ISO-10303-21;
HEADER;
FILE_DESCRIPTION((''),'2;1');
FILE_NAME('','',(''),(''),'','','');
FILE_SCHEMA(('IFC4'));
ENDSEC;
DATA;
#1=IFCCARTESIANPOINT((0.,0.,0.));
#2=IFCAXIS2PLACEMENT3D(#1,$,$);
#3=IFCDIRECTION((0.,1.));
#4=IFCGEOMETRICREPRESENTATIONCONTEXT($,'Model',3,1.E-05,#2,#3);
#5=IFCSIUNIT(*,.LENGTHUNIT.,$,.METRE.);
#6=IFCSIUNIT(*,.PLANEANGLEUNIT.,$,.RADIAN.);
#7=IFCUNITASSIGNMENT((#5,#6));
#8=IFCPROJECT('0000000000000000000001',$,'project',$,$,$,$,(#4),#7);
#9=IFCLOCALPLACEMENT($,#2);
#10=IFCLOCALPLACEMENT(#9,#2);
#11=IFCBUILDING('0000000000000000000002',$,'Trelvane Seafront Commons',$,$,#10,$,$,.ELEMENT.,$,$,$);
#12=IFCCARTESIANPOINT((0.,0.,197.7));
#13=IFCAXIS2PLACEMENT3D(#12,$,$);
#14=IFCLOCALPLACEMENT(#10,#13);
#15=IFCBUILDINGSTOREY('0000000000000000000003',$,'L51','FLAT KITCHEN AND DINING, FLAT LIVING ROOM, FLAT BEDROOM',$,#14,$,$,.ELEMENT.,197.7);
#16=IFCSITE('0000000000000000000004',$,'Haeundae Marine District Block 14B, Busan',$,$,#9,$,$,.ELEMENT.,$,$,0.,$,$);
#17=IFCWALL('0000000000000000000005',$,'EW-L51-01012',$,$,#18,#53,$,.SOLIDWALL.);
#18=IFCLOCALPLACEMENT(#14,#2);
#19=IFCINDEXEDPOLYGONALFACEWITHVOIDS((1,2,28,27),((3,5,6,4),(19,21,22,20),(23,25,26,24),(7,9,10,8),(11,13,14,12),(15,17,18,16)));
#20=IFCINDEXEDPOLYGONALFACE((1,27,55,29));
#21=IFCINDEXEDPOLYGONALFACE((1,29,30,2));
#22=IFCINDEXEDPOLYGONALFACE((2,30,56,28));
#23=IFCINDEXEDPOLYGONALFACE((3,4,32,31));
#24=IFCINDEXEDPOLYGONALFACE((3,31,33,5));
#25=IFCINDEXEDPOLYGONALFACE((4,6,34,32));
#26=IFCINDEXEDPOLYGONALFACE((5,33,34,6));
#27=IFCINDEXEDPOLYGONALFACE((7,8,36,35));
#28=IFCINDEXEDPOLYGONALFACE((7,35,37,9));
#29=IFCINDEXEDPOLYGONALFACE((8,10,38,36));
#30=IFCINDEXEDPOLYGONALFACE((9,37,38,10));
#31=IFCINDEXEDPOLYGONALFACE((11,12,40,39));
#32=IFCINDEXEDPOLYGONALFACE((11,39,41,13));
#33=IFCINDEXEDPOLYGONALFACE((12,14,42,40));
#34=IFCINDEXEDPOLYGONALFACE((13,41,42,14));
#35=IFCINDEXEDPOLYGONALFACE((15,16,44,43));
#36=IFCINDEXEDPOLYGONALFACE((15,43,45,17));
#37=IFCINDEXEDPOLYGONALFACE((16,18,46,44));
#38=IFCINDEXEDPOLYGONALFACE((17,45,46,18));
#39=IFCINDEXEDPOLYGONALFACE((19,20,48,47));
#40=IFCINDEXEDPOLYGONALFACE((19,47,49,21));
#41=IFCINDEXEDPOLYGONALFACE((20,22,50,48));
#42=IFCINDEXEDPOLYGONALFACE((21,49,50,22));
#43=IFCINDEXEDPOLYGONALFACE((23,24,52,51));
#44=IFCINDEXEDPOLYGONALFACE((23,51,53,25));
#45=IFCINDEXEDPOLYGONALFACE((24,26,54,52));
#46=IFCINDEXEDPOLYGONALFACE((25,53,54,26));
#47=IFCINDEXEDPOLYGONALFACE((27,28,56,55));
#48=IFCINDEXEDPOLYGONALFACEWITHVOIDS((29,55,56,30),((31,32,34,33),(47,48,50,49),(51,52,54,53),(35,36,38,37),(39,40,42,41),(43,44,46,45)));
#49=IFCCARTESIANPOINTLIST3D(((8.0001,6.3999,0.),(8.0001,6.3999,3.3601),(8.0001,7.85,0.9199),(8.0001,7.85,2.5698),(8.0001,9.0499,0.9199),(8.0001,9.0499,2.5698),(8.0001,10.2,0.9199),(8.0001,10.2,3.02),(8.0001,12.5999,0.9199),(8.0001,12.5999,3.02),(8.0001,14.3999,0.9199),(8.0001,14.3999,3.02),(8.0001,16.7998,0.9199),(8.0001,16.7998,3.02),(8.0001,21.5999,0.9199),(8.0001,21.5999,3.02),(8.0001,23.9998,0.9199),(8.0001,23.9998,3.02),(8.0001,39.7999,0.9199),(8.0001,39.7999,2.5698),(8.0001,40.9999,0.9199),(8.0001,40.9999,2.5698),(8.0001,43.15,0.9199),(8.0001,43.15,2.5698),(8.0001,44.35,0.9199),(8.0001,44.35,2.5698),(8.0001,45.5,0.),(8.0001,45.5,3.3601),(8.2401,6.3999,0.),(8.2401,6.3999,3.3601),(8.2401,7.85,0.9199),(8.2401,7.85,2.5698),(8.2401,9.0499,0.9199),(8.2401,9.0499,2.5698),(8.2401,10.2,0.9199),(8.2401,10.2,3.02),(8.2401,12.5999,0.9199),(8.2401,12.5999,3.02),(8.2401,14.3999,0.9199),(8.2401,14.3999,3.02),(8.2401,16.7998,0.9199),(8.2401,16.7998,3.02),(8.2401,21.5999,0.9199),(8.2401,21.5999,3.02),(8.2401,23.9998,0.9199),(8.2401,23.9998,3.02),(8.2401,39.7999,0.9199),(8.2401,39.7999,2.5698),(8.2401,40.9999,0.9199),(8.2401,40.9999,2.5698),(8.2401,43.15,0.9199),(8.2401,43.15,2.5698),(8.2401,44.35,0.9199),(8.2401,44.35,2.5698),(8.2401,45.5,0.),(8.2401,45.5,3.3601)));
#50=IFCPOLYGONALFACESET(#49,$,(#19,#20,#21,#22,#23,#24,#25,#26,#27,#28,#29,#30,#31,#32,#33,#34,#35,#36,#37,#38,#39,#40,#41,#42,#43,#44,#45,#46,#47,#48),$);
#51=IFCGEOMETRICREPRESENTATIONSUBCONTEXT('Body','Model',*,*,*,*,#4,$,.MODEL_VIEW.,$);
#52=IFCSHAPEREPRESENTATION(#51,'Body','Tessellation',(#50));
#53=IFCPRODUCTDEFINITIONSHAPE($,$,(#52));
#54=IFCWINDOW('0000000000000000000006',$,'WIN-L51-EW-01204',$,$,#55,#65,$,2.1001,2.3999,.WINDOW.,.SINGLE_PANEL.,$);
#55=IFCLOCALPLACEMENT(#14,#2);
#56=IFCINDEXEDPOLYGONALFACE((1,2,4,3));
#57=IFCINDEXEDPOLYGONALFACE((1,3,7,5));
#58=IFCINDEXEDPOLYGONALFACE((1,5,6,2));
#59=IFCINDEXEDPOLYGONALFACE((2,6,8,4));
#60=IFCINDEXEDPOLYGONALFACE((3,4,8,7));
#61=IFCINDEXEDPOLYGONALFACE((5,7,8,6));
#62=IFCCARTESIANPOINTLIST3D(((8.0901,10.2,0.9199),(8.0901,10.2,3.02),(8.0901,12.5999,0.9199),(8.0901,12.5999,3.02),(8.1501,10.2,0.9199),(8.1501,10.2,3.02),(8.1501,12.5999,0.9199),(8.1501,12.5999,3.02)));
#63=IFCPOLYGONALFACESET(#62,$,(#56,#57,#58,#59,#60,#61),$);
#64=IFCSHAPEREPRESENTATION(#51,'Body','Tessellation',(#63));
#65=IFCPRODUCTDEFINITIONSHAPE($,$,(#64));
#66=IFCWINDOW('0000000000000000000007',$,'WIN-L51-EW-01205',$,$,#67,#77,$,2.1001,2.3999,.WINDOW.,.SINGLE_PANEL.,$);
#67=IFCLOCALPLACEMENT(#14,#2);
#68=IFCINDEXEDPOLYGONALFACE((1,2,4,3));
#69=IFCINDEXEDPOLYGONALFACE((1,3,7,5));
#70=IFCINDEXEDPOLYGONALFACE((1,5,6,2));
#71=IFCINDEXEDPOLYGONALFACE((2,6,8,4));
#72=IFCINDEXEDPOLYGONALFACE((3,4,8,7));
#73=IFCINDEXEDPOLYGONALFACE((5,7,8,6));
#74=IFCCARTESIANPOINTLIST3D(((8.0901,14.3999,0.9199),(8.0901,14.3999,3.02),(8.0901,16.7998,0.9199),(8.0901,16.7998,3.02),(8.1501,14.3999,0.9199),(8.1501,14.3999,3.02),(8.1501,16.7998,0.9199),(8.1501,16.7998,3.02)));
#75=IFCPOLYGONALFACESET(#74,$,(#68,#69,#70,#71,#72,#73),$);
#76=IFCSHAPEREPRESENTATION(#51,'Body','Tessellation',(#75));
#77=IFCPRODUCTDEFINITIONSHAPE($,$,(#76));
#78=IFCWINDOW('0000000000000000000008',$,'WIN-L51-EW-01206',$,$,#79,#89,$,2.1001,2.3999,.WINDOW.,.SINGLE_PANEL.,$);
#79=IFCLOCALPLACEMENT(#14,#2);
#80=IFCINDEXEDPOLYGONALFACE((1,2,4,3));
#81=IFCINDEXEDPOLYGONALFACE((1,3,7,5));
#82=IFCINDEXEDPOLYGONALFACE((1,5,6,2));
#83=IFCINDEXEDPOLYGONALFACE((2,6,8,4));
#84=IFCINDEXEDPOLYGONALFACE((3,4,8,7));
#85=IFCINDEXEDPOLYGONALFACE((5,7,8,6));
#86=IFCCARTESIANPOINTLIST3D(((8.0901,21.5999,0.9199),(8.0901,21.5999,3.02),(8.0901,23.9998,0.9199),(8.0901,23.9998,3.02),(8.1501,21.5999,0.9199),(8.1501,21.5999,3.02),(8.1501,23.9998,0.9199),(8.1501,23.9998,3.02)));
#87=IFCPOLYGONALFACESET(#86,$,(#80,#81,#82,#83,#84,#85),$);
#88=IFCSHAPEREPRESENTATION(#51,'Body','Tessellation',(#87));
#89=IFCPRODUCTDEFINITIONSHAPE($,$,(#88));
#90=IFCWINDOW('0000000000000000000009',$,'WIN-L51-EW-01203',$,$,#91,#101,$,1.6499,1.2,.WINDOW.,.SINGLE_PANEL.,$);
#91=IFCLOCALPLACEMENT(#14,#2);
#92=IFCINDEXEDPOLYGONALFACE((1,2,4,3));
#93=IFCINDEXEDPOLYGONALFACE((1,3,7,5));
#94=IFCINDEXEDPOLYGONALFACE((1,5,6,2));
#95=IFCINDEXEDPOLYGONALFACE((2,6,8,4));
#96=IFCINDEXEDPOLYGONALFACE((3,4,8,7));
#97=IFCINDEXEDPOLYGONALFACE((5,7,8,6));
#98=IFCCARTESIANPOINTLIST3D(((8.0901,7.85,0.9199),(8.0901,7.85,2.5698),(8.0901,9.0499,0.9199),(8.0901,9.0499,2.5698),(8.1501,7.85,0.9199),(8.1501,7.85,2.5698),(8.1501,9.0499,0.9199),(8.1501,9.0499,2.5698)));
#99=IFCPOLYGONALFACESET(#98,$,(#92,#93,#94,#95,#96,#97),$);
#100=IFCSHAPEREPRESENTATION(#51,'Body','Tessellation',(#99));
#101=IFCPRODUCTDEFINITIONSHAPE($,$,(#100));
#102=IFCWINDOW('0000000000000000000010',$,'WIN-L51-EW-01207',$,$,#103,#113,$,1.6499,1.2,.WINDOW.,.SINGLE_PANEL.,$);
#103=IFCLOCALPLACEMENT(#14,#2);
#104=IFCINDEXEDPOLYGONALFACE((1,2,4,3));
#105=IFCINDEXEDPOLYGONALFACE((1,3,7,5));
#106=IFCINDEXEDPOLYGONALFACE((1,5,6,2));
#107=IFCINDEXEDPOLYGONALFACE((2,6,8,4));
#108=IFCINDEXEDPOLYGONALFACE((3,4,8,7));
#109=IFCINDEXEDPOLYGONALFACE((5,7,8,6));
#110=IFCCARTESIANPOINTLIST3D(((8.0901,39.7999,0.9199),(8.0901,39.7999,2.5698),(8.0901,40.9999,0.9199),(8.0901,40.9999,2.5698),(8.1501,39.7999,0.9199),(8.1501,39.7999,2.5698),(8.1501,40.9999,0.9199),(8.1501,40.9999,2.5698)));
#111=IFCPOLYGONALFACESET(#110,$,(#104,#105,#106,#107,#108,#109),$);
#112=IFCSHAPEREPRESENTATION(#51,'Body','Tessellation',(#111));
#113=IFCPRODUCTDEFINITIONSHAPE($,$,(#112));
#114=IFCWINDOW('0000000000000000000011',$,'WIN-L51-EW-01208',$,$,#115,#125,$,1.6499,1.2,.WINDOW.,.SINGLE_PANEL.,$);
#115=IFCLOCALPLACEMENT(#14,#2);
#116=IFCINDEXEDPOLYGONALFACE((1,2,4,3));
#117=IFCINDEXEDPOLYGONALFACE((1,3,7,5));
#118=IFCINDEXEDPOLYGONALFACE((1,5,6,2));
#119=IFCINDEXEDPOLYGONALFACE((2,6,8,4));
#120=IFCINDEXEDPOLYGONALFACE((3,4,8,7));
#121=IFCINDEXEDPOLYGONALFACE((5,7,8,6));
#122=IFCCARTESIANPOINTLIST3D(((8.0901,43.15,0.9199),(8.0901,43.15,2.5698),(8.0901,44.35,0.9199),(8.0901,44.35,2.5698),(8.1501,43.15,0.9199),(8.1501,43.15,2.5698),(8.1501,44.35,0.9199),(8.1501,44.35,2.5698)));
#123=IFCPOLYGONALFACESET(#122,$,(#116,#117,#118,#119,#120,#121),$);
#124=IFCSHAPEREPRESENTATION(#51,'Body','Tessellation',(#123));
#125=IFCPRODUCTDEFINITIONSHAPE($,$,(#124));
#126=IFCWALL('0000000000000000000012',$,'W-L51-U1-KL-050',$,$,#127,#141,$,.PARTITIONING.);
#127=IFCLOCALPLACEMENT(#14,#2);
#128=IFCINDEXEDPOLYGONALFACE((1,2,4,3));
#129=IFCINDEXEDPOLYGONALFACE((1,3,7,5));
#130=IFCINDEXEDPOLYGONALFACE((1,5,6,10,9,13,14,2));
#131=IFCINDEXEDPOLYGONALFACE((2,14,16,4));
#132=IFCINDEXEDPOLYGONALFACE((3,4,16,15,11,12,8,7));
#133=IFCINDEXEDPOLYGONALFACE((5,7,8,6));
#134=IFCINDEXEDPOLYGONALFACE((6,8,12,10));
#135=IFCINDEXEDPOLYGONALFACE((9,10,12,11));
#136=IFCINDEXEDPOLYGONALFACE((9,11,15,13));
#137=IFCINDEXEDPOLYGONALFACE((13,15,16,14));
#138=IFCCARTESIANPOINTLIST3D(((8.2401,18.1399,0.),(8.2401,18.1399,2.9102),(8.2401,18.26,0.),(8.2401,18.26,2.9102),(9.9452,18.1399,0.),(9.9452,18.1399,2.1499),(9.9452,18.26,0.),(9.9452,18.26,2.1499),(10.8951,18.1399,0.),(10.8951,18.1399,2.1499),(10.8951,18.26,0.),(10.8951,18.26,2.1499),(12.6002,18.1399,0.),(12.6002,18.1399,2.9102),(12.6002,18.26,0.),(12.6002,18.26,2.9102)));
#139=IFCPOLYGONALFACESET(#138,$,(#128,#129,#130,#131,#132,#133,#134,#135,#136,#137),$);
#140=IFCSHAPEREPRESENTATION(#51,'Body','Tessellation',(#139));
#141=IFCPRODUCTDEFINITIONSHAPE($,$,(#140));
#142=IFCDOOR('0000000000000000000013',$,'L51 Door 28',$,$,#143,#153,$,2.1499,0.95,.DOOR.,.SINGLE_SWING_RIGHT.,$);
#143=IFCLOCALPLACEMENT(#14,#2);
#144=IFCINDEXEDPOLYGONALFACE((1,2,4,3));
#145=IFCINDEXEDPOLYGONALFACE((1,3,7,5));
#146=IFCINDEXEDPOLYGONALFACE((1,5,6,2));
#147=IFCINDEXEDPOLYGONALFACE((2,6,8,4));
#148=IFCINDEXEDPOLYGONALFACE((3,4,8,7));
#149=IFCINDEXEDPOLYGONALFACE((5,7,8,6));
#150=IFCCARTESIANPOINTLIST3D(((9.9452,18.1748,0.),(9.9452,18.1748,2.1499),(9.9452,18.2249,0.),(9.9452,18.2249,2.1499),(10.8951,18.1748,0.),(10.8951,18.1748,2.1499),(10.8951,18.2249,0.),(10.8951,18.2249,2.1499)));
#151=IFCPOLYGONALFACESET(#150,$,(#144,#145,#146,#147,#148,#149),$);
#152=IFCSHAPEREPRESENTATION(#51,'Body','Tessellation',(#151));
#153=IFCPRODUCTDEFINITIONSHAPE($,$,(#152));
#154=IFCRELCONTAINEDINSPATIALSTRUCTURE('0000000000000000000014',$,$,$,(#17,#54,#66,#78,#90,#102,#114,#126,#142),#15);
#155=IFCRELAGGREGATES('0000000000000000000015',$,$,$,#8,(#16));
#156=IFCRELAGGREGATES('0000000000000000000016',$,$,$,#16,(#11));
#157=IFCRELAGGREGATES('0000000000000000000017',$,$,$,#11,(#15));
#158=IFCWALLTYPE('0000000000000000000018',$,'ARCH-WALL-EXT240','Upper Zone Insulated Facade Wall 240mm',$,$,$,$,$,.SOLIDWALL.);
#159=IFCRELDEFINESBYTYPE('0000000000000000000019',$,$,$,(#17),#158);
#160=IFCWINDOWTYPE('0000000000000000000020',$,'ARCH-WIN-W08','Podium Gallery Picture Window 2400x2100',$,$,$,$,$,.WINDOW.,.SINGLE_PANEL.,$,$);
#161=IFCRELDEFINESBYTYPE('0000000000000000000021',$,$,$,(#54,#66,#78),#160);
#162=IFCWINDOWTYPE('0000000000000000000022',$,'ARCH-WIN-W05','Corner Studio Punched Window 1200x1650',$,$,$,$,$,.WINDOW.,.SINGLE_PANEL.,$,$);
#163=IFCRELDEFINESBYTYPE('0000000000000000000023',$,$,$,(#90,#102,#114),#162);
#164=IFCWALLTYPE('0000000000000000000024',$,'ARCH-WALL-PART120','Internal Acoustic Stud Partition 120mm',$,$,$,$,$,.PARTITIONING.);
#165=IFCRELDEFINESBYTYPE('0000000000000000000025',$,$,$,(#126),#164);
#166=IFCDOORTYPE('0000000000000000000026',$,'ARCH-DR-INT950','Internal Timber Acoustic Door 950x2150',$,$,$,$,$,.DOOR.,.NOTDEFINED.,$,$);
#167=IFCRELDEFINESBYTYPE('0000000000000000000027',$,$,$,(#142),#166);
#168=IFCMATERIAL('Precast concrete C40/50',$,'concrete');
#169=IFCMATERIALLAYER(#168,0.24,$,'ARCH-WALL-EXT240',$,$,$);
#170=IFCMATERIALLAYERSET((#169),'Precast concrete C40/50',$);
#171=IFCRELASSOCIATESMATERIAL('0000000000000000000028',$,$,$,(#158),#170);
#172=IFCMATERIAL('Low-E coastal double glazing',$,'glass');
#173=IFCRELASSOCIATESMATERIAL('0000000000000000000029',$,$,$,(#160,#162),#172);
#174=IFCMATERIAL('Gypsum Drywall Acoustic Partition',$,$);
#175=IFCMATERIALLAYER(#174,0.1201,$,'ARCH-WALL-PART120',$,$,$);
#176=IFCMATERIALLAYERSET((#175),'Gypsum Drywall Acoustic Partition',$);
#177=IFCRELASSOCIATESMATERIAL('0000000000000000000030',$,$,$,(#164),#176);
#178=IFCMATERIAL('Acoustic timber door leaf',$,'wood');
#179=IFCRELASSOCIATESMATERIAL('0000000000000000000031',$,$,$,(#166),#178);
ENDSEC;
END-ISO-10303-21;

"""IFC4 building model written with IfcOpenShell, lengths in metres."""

from ifc_helpers import new_model, si_unit, direction, frame, frame_2d, origin, place, context, subcontext, project, spatial, rectangle, extrude, source, transform, mapped, material, layer, layer_set, type_object, element, fill, save


model = new_model("IFC4")

# Units and contexts
model_context = context("Model", 3, precision=1e-05, world=origin(), true_north=direction((0.0, 1.0)))
body_context = subcontext(model_context, "Body", "Model", "MODEL_VIEW")
ifc_project = project(units=[si_unit("LENGTHUNIT", "METRE"), si_unit("PLANEANGLEUNIT", "RADIAN")], contexts=[model_context])

# Site, building, storey
site_placement = place(None, origin())
site = spatial("IfcSite", under=ifc_project, at=site_placement, Name="Haeundae Marine District Block 14B, Busan", CompositionType="ELEMENT", RefElevation=0.0)
building_placement = place(site_placement, origin())
building = spatial("IfcBuilding", under=site, at=building_placement, Name="Trelvane Seafront Commons", CompositionType="ELEMENT")
storey_placement = place(building_placement, frame((0.0, 0.0, 197.7)))
storey = spatial("IfcBuildingStorey", under=building, at=storey_placement, Name="L51", Description="FLAT KITCHEN AND DINING, FLAT LIVING ROOM, FLAT BEDROOM", CompositionType="ELEMENT", Elevation=197.7)

# Shared definitions
ifc_material_1 = material(Name="Precast concrete C40/50", Category="concrete")
ifc_layer_1 = layer(ifc_material_1, 0.24, Name="ARCH-WALL-EXT240")
ifc_layer_set_1 = layer_set([ifc_layer_1], Name="Precast concrete C40/50")
wall_type_1 = type_object("IfcWallType", Name="ARCH-WALL-EXT240", Description="Upper Zone Insulated Facade Wall 240mm", PredefinedType="SOLIDWALL", material=ifc_layer_set_1)

# Wall, openings, windows
wall_1_placement = place(storey_placement, frame((8.1201, 6.3999, 0.0), z_axis=(0.0, 0.0, 1.0), x_axis=(0.0, 1.0, 0.0)))
wall_1 = element("IfcWall", 1, at=wall_1_placement, inside=storey, type_object=wall_type_1, Name="EW-L51-01012", PredefinedType="SOLIDWALL", context=body_context, shape_type="SweptSolid", body=[
    extrude(rectangle(XDim=39.1001, YDim=0.24, at=frame_2d((19.55, 0.0))), origin(), (0.0, 0.0, 1.0), 3.3601),
])
opening_1_placement = place(wall_1_placement, frame((1.45, 0.0, 0.9199)))
opening_1 = element("IfcOpeningElement", 2, at=opening_1_placement, cuts=wall_1, PredefinedType="OPENING", context=body_context, shape_type="SweptSolid", body=[
    extrude(rectangle(XDim=1.2, YDim=1.6499, at=frame_2d((0.6001, 0.825))), frame((0.0, 0.1299, 0.0), z_axis=(0.0, -1.0, 0.0), x_axis=(1.0, 0.0, 0.0)), (0.0, 0.0, 1.0), 0.26),
])
opening_2_placement = place(wall_1_placement, frame((3.8, 0.0, 0.9199)))
opening_2 = element("IfcOpeningElement", 3, at=opening_2_placement, cuts=wall_1, PredefinedType="OPENING", context=body_context, shape_type="SweptSolid", body=[
    extrude(rectangle(XDim=2.3999, YDim=2.1001, at=frame_2d((1.2, 1.05))), frame((0.0, 0.1299, 0.0), z_axis=(0.0, -1.0, 0.0), x_axis=(1.0, 0.0, 0.0)), (0.0, 0.0, 1.0), 0.26),
])
opening_3_placement = place(wall_1_placement, frame((8.0, 0.0, 0.9199)))
opening_3 = element("IfcOpeningElement", 4, at=opening_3_placement, cuts=wall_1, PredefinedType="OPENING", context=body_context, shape_type="SweptSolid", body=[
    extrude(rectangle(XDim=2.3999, YDim=2.1001, at=frame_2d((1.2, 1.05))), frame((0.0, 0.1299, 0.0), z_axis=(0.0, -1.0, 0.0), x_axis=(1.0, 0.0, 0.0)), (0.0, 0.0, 1.0), 0.26),
])
opening_4_placement = place(wall_1_placement, frame((15.2, 0.0, 0.9199)))
opening_4 = element("IfcOpeningElement", 5, at=opening_4_placement, cuts=wall_1, PredefinedType="OPENING", context=body_context, shape_type="SweptSolid", body=[
    extrude(rectangle(XDim=2.3999, YDim=2.1001, at=frame_2d((1.2, 1.05))), frame((0.0, 0.1299, 0.0), z_axis=(0.0, -1.0, 0.0), x_axis=(1.0, 0.0, 0.0)), (0.0, 0.0, 1.0), 0.26),
])
opening_5_placement = place(wall_1_placement, frame((33.3999, 0.0, 0.9199)))
opening_5 = element("IfcOpeningElement", 6, at=opening_5_placement, cuts=wall_1, PredefinedType="OPENING", context=body_context, shape_type="SweptSolid", body=[
    extrude(rectangle(XDim=1.2, YDim=1.6499, at=frame_2d((0.6001, 0.825))), frame((0.0, 0.1299, 0.0), z_axis=(0.0, -1.0, 0.0), x_axis=(1.0, 0.0, 0.0)), (0.0, 0.0, 1.0), 0.26),
])
opening_6_placement = place(wall_1_placement, frame((36.75, 0.0, 0.9199)))
opening_6 = element("IfcOpeningElement", 7, at=opening_6_placement, cuts=wall_1, PredefinedType="OPENING", context=body_context, shape_type="SweptSolid", body=[
    extrude(rectangle(XDim=1.2, YDim=1.6499, at=frame_2d((0.6001, 0.825))), frame((0.0, 0.1299, 0.0), z_axis=(0.0, -1.0, 0.0), x_axis=(1.0, 0.0, 0.0)), (0.0, 0.0, 1.0), 0.26),
])
ifc_material_2 = material(Name="Low-E coastal double glazing", Category="glass")
window_type_1 = type_object("IfcWindowType", Name="ARCH-WIN-W08", Description="Podium Gallery Picture Window 2400x2100", PartitioningType="SINGLE_PANEL", PredefinedType="WINDOW", material=ifc_material_2)
shared_shape_1 = source(origin(), body_context, "Body", "SweptSolid", [
    extrude(rectangle(XDim=2.3999, YDim=2.1001, at=frame_2d((1.2, 1.05))), frame((0.0, 0.03, 0.0), z_axis=(0.0, -1.0, 0.0), x_axis=(1.0, 0.0, 0.0)), (0.0, 0.0, 1.0), 0.0601),
])
window_1_placement = place(opening_2_placement, origin())
window_1 = element("IfcWindow", 8, at=window_1_placement, inside=storey, type_object=window_type_1, Name="WIN-L51-EW-01204", OverallHeight=2.1001, OverallWidth=2.3999, PartitioningType="SINGLE_PANEL", PredefinedType="WINDOW", context=body_context, shape_type="MappedRepresentation", body=[
    mapped(shared_shape_1, transform((0.0, 0.0, 0.0), x_axis=(1.0, 0.0, 0.0), y_axis=(0.0, 1.0, 0.0), z_axis=(0.0, 0.0, 1.0), scale=1.0)),
])
fill(opening_2, window_1)
window_2_placement = place(opening_3_placement, origin())
window_2 = element("IfcWindow", 9, at=window_2_placement, inside=storey, type_object=window_type_1, Name="WIN-L51-EW-01205", OverallHeight=2.1001, OverallWidth=2.3999, PartitioningType="SINGLE_PANEL", PredefinedType="WINDOW", context=body_context, shape_type="MappedRepresentation", body=[
    mapped(shared_shape_1, transform((0.0, 0.0, 0.0), x_axis=(1.0, 0.0, 0.0), y_axis=(0.0, 1.0, 0.0), z_axis=(0.0, 0.0, 1.0), scale=1.0)),
])
fill(opening_3, window_2)
window_3_placement = place(opening_4_placement, origin())
window_3 = element("IfcWindow", 10, at=window_3_placement, inside=storey, type_object=window_type_1, Name="WIN-L51-EW-01206", OverallHeight=2.1001, OverallWidth=2.3999, PartitioningType="SINGLE_PANEL", PredefinedType="WINDOW", context=body_context, shape_type="MappedRepresentation", body=[
    mapped(shared_shape_1, transform((0.0, 0.0, 0.0), x_axis=(1.0, 0.0, 0.0), y_axis=(0.0, 1.0, 0.0), z_axis=(0.0, 0.0, 1.0), scale=1.0)),
])
fill(opening_4, window_3)
window_type_2 = type_object("IfcWindowType", Name="ARCH-WIN-W05", Description="Corner Studio Punched Window 1200x1650", PartitioningType="SINGLE_PANEL", PredefinedType="WINDOW", material=ifc_material_2)
shared_shape_2 = source(origin(), body_context, "Body", "SweptSolid", [
    extrude(rectangle(XDim=1.2, YDim=1.6499, at=frame_2d((0.6001, 0.825))), frame((0.0, 0.03, 0.0), z_axis=(0.0, -1.0, 0.0), x_axis=(1.0, 0.0, 0.0)), (0.0, 0.0, 1.0), 0.0601),
])
window_4_placement = place(opening_1_placement, origin())
window_4 = element("IfcWindow", 11, at=window_4_placement, inside=storey, type_object=window_type_2, Name="WIN-L51-EW-01203", OverallHeight=1.6499, OverallWidth=1.2, PartitioningType="SINGLE_PANEL", PredefinedType="WINDOW", context=body_context, shape_type="MappedRepresentation", body=[
    mapped(shared_shape_2, transform((0.0, 0.0, 0.0), x_axis=(1.0, 0.0, 0.0), y_axis=(0.0, 1.0, 0.0), z_axis=(0.0, 0.0, 1.0), scale=1.0)),
])
fill(opening_1, window_4)
window_5_placement = place(opening_5_placement, origin())
window_5 = element("IfcWindow", 12, at=window_5_placement, inside=storey, type_object=window_type_2, Name="WIN-L51-EW-01207", OverallHeight=1.6499, OverallWidth=1.2, PartitioningType="SINGLE_PANEL", PredefinedType="WINDOW", context=body_context, shape_type="MappedRepresentation", body=[
    mapped(shared_shape_2, transform((0.0, 0.0, 0.0), x_axis=(1.0, 0.0, 0.0), y_axis=(0.0, 1.0, 0.0), z_axis=(0.0, 0.0, 1.0), scale=1.0)),
])
fill(opening_5, window_5)
window_6_placement = place(opening_6_placement, origin())
window_6 = element("IfcWindow", 13, at=window_6_placement, inside=storey, type_object=window_type_2, Name="WIN-L51-EW-01208", OverallHeight=1.6499, OverallWidth=1.2, PartitioningType="SINGLE_PANEL", PredefinedType="WINDOW", context=body_context, shape_type="MappedRepresentation", body=[
    mapped(shared_shape_2, transform((0.0, 0.0, 0.0), x_axis=(1.0, 0.0, 0.0), y_axis=(0.0, 1.0, 0.0), z_axis=(0.0, 0.0, 1.0), scale=1.0)),
])
fill(opening_6, window_6)

# Wall, opening, door
ifc_material_3 = material(Name="Gypsum Drywall Acoustic Partition")
ifc_layer_2 = layer(ifc_material_3, 0.1201, Name="ARCH-WALL-PART120")
ifc_layer_set_2 = layer_set([ifc_layer_2], Name="Gypsum Drywall Acoustic Partition")
wall_type_2 = type_object("IfcWallType", Name="ARCH-WALL-PART120", Description="Internal Acoustic Stud Partition 120mm", PredefinedType="PARTITIONING", material=ifc_layer_set_2)
wall_2_placement = place(storey_placement, frame((8.24, 18.2, 0.0), z_axis=(0.0, 0.0, 1.0), x_axis=(1.0, 0.0, 0.0)))
wall_2 = element("IfcWall", 14, at=wall_2_placement, inside=storey, type_object=wall_type_2, Name="W-L51-U1-KL-050", PredefinedType="PARTITIONING", context=body_context, shape_type="SweptSolid", body=[
    extrude(rectangle(XDim=4.3601, YDim=0.1201, at=frame_2d((2.1802, 0.0))), origin(), (0.0, 0.0, 1.0), 2.9102),
])
opening_7_placement = place(wall_2_placement, frame((1.7051, 0.0, 0.0)))
opening_7 = element("IfcOpeningElement", 15, at=opening_7_placement, cuts=wall_2, PredefinedType="OPENING", context=body_context, shape_type="SweptSolid", body=[
    extrude(rectangle(XDim=0.95, YDim=2.1499, at=frame_2d((0.4751, 1.075))), frame((0.0, 0.0701, 0.0), z_axis=(0.0, -1.0, 0.0), x_axis=(1.0, 0.0, 0.0)), (0.0, 0.0, 1.0), 0.1401),
])
ifc_material_4 = material(Name="Acoustic timber door leaf", Category="wood")
door_type_1 = type_object("IfcDoorType", Name="ARCH-DR-INT950", Description="Internal Timber Acoustic Door 950x2150", OperationType="NOTDEFINED", PredefinedType="DOOR", material=ifc_material_4)
shared_shape_3 = source(origin(), body_context, "Body", "SweptSolid", [
    extrude(rectangle(XDim=0.95, YDim=2.1499, at=frame_2d((0.4751, 1.075))), frame((0.0, 0.0249, 0.0), z_axis=(0.0, -1.0, 0.0), x_axis=(1.0, 0.0, 0.0)), (0.0, 0.0, 1.0), 0.05),
])
door_1_placement = place(opening_7_placement, origin())
door_1 = element("IfcDoor", 16, at=door_1_placement, inside=storey, type_object=door_type_1, Name="L51 Door 28", OperationType="SINGLE_SWING_RIGHT", OverallHeight=2.1499, OverallWidth=0.95, PredefinedType="DOOR", context=body_context, shape_type="MappedRepresentation", body=[
    mapped(shared_shape_3, transform((0.0, 0.0, 0.0), x_axis=(1.0, 0.0, 0.0), y_axis=(0.0, 1.0, 0.0), z_axis=(0.0, 0.0, 1.0), scale=1.0)),
])
fill(opening_7, door_1)

save(model, "model.ifc")
